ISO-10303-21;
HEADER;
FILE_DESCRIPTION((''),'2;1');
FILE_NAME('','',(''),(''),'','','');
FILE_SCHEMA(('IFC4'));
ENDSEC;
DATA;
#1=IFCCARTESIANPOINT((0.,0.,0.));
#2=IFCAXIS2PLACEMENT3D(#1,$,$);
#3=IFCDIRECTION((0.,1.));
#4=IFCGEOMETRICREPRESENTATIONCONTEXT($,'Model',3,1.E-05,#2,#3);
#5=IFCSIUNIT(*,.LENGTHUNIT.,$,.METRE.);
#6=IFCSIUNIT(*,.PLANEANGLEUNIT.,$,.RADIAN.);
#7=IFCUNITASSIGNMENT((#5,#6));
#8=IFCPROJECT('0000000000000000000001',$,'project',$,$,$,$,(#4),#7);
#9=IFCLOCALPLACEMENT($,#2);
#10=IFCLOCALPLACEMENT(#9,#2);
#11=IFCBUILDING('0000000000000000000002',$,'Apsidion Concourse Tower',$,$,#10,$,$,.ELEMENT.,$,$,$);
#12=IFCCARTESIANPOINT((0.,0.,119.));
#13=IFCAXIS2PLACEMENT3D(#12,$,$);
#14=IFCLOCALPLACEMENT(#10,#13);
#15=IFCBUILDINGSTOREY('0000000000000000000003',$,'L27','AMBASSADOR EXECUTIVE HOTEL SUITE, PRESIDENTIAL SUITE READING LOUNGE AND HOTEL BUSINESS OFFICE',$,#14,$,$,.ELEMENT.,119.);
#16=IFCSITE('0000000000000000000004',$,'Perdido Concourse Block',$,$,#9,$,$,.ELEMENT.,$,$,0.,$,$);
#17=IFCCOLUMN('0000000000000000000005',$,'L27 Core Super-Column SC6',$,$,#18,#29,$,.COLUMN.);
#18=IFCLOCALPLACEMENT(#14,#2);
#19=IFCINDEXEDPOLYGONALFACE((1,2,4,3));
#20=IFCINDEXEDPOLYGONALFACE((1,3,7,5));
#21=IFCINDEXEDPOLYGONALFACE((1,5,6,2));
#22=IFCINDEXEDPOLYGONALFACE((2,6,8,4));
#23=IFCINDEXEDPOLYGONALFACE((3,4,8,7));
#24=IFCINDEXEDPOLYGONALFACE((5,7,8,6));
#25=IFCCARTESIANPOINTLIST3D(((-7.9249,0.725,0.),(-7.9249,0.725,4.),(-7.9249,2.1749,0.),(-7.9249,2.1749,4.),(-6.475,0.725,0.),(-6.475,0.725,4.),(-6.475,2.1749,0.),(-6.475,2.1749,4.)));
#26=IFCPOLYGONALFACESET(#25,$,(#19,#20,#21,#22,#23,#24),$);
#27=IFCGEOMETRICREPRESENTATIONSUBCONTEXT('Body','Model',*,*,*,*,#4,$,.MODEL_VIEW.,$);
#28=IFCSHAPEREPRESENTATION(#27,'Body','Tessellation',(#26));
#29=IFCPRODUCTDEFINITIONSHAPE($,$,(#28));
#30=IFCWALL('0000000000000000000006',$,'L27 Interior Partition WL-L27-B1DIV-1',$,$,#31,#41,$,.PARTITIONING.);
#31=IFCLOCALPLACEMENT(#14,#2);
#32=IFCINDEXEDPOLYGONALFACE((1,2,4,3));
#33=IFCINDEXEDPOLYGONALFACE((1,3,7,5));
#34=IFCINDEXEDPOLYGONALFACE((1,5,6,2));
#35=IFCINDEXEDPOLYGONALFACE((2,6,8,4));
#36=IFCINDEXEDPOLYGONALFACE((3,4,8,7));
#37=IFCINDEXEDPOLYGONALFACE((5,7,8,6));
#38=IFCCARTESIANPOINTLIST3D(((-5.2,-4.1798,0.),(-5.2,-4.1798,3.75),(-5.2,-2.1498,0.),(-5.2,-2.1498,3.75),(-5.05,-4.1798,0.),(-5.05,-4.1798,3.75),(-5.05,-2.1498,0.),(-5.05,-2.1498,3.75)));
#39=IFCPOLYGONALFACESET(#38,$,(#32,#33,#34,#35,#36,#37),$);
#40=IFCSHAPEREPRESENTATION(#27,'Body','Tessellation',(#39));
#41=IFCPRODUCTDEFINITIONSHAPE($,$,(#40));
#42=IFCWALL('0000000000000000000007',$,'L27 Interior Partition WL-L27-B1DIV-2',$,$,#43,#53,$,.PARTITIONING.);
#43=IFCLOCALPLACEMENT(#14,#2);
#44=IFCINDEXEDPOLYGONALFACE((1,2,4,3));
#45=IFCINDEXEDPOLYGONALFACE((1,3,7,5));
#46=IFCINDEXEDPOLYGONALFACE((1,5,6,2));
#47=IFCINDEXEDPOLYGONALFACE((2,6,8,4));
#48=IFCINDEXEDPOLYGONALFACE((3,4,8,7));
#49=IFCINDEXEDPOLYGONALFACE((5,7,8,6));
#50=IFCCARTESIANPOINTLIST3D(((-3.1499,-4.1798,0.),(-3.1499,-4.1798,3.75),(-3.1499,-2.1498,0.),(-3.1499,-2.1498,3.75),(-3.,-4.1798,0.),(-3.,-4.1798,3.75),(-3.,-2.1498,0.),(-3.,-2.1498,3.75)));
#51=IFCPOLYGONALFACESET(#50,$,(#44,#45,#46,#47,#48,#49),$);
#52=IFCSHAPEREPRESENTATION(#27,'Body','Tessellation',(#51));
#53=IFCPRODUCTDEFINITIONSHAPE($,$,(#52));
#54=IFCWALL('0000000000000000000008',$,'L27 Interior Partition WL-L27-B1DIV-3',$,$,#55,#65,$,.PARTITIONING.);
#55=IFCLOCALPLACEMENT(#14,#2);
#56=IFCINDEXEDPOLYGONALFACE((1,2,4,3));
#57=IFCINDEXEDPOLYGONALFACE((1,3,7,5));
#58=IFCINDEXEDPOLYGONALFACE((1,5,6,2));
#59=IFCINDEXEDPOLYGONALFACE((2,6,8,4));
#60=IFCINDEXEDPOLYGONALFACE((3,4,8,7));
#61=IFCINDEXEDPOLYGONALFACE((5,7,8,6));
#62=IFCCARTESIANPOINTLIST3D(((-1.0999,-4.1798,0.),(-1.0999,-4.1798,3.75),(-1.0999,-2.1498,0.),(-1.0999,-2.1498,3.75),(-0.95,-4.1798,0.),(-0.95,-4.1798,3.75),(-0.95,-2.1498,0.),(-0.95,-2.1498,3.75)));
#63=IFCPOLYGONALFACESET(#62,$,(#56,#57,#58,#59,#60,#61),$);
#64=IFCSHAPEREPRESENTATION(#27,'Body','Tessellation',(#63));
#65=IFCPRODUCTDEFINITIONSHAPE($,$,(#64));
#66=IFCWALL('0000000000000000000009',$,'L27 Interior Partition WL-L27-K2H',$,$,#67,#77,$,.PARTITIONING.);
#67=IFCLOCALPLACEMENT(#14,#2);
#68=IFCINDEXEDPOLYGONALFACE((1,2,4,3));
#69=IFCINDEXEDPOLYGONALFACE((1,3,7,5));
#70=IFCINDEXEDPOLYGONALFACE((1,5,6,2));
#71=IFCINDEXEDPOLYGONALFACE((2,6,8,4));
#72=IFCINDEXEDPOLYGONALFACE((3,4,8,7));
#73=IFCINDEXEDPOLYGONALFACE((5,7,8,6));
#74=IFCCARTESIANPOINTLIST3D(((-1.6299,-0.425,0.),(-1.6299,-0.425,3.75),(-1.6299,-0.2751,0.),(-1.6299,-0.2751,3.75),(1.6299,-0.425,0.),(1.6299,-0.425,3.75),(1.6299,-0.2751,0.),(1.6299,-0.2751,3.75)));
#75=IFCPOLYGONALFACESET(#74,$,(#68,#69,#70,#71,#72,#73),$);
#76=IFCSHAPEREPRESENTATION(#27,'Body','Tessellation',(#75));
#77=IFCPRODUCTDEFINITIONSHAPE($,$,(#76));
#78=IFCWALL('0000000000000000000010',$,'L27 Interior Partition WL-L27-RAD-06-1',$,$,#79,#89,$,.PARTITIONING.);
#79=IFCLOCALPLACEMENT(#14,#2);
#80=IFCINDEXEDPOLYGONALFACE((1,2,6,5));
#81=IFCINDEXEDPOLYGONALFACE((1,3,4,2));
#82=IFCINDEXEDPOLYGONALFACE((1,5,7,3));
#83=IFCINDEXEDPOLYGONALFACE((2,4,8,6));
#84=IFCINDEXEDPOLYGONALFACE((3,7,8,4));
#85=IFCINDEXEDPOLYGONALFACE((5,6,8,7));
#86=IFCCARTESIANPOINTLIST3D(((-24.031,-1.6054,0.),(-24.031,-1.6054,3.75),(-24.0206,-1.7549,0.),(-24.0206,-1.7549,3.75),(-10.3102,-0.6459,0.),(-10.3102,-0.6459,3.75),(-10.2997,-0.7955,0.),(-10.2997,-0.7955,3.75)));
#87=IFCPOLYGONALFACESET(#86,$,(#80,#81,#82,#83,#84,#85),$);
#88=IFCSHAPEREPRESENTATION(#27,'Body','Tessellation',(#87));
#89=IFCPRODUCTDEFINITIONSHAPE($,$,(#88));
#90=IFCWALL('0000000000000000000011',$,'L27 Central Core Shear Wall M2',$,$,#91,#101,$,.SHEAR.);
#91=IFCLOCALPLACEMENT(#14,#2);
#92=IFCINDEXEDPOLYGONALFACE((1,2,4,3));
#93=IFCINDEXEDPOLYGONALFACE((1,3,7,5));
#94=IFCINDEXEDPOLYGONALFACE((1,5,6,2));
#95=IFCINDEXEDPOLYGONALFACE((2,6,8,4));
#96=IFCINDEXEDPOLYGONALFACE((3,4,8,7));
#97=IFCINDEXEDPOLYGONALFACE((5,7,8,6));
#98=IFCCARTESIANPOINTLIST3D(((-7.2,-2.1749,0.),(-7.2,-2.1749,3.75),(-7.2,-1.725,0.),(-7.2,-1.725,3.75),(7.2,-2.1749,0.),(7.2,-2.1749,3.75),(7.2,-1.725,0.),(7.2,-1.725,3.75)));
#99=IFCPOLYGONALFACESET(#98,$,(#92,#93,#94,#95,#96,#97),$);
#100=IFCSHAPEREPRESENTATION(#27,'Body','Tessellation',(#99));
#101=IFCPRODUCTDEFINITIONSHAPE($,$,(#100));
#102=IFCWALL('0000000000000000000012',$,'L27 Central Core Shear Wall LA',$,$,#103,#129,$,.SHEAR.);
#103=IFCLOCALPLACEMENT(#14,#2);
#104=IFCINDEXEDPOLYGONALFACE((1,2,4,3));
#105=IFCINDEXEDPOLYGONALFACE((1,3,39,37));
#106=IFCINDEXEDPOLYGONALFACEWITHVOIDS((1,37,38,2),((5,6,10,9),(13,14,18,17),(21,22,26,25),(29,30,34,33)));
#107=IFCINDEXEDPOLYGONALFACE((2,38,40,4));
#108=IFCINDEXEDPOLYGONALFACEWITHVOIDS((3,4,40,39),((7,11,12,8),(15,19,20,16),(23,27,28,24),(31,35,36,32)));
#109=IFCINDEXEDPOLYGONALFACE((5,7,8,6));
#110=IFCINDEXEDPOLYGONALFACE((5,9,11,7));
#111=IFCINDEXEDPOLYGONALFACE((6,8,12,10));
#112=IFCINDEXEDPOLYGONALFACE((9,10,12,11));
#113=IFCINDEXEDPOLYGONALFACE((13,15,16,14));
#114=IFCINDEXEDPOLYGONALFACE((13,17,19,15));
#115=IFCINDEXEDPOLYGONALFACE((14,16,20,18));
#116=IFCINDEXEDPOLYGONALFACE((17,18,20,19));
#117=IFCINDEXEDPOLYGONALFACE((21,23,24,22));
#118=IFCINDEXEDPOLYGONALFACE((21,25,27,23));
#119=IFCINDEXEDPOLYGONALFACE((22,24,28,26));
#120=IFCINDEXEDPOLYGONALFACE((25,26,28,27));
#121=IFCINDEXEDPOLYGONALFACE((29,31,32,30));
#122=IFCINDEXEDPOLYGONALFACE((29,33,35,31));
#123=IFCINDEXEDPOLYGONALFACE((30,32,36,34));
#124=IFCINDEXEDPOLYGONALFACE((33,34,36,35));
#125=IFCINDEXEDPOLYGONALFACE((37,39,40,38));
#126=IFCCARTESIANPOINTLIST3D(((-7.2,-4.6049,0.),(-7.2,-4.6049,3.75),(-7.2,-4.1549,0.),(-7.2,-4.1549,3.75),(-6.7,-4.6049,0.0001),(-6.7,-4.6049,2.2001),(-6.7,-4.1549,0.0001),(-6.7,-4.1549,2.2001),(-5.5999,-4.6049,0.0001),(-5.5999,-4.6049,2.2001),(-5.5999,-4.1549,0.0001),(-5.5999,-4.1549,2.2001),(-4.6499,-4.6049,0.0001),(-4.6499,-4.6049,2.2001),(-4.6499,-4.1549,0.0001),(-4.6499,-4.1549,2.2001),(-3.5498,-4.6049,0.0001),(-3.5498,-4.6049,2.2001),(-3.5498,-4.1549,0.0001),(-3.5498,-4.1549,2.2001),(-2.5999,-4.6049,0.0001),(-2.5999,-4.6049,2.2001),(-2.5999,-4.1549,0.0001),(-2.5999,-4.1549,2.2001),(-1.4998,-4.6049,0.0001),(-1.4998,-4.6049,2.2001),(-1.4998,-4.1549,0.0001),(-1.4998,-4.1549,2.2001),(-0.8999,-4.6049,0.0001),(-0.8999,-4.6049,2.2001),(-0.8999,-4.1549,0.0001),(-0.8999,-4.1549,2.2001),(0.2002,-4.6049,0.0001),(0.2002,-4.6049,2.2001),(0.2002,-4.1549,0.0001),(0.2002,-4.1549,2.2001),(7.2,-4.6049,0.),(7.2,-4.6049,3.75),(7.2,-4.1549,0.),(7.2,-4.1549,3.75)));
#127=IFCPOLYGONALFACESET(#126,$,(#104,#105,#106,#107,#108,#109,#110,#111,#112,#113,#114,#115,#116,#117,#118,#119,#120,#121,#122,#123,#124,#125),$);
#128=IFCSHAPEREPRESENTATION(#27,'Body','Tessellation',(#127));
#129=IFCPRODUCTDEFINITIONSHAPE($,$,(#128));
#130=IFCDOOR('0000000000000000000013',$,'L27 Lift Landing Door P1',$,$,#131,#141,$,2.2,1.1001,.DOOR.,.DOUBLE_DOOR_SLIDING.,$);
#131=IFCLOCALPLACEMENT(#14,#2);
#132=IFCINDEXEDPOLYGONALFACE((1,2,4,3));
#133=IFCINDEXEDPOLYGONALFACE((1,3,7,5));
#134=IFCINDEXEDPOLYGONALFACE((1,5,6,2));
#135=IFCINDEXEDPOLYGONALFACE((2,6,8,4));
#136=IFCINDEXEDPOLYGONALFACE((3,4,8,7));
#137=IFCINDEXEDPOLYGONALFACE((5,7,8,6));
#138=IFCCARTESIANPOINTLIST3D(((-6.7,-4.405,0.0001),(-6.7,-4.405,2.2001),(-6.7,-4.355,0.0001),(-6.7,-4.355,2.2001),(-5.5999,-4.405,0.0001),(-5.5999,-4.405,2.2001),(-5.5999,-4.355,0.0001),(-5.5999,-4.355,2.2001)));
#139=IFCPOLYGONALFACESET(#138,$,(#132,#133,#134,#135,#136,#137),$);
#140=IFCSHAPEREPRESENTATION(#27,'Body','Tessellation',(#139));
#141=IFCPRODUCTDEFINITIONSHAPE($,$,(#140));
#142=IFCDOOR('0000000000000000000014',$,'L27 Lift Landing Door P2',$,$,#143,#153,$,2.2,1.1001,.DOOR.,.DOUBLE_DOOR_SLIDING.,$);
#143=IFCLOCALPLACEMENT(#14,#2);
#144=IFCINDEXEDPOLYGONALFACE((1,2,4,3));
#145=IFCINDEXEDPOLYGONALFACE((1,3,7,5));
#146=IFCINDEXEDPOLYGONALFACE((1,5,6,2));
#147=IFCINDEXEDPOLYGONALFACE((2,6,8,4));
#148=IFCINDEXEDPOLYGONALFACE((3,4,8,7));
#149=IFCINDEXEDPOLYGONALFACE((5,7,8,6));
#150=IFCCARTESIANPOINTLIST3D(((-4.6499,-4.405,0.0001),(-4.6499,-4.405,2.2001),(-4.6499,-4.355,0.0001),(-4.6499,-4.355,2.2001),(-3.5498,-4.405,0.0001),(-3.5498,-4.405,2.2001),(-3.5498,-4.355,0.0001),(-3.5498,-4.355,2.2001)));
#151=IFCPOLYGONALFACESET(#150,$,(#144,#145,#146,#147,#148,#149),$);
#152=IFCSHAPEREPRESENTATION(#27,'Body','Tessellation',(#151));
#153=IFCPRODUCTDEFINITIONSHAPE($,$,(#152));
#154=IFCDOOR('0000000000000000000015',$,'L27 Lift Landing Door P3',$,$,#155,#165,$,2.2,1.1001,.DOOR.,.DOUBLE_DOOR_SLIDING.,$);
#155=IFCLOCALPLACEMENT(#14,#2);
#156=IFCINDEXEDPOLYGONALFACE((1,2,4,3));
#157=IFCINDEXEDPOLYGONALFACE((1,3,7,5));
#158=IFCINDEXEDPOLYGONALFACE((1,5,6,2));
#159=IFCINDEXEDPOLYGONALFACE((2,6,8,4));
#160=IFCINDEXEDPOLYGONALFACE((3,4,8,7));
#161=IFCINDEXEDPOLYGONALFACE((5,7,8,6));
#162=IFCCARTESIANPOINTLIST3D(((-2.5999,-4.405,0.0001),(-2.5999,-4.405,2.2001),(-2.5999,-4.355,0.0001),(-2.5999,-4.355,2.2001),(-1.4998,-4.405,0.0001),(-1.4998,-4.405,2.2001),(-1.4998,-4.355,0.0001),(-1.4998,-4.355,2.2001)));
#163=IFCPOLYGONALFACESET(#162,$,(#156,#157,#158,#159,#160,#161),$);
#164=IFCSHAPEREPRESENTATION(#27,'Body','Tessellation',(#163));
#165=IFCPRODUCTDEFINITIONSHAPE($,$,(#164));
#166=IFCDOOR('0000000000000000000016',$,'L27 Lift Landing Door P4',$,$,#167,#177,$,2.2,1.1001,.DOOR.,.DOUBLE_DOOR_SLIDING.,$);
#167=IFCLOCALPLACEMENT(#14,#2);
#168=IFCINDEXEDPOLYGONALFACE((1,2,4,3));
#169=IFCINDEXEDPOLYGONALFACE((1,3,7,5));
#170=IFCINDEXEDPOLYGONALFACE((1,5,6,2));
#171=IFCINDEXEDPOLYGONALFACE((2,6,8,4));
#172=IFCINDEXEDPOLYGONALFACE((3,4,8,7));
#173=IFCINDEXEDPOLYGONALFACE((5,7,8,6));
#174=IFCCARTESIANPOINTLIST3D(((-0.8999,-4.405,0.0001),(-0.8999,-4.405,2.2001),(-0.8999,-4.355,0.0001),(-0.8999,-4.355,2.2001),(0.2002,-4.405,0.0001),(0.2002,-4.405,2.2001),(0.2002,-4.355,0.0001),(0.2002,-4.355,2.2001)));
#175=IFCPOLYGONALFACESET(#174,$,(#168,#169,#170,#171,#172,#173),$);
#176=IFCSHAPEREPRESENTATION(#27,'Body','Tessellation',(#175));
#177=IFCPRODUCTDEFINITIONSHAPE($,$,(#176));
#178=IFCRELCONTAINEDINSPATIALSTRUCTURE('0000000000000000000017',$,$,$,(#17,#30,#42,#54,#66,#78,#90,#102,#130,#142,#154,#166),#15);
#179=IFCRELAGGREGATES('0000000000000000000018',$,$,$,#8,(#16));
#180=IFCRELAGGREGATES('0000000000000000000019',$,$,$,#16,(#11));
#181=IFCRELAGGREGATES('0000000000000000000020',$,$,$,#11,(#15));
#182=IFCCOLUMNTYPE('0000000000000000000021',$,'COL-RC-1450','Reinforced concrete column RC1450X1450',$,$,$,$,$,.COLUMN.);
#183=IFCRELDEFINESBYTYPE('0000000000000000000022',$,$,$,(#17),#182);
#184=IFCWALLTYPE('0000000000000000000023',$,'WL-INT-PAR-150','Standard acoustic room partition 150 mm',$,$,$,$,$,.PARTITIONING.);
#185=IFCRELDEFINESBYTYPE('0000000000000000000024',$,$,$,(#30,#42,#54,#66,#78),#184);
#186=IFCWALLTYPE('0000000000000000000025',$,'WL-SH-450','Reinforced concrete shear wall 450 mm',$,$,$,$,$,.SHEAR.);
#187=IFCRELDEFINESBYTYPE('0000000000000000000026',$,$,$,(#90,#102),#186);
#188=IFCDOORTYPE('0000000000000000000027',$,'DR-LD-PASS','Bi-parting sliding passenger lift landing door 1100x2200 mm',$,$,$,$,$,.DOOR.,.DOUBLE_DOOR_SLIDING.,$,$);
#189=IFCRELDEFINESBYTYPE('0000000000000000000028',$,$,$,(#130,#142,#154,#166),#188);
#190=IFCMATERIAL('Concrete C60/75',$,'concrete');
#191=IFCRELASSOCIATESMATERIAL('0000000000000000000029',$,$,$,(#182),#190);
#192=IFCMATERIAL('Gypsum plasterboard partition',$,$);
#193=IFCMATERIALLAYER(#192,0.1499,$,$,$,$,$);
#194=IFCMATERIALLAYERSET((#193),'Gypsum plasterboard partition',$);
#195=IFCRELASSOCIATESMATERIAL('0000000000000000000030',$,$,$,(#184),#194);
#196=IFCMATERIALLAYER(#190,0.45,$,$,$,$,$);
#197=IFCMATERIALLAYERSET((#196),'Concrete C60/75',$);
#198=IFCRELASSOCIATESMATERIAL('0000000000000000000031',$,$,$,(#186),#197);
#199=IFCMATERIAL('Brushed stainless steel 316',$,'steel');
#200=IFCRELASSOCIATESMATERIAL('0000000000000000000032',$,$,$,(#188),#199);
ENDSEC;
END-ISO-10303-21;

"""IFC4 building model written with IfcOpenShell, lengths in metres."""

from ifc_helpers import new_model, si_unit, direction, frame, frame_2d, origin, origin_2d, place, context, subcontext, project, spatial, rectangle, extrude, material, layer, layer_set, material_profile, profile_set, type_object, element, fill, save


model = new_model("IFC4")

# Units and contexts
model_context = context("Model", 3, precision=1e-05, world=origin(), true_north=direction((0.0, 1.0)))
body_context = subcontext(model_context, "Body", "Model", "MODEL_VIEW")
ifc_project = project(units=[si_unit("LENGTHUNIT", "METRE"), si_unit("PLANEANGLEUNIT", "RADIAN")], contexts=[model_context])

# Site, building, storey
site_placement = place(None, origin())
site = spatial("IfcSite", under=ifc_project, at=site_placement, Name="Perdido Concourse Block", CompositionType="ELEMENT", RefElevation=0.0)
building_placement = place(site_placement, origin())
building = spatial("IfcBuilding", under=site, at=building_placement, Name="Apsidion Concourse Tower", CompositionType="ELEMENT")
storey_placement = place(building_placement, frame((0.0, 0.0, 119.0)))
storey = spatial("IfcBuildingStorey", under=building, at=storey_placement, Name="L27", Description="AMBASSADOR EXECUTIVE HOTEL SUITE, PRESIDENTIAL SUITE READING LOUNGE AND HOTEL BUSINESS OFFICE", CompositionType="ELEMENT", Elevation=119.0)

# Column
ifc_material_1 = material(Name="Concrete C60/75", Category="concrete")
ifc_material_profile = material_profile(ifc_material_1, rectangle(XDim=1.45, YDim=1.45, at=origin_2d()), Name="RC 1450x1450")
ifc_profile_set = profile_set([ifc_material_profile], Name="Concrete C60/75")
column_type = type_object("IfcColumnType", Name="COL-RC-1450", Description="Reinforced concrete column RC1450X1450", PredefinedType="COLUMN", material=ifc_profile_set)
column_placement = place(storey_placement, frame((-7.2, 1.45, 0.0), z_axis=(0.0, 0.0, 1.0), x_axis=(1.0, 0.0, 0.0)))
element("IfcColumn", 1, at=column_placement, inside=storey, type_object=column_type, Name="L27 Core Super-Column SC6", PredefinedType="COLUMN", context=body_context, shape_type="SweptSolid", body=[
    extrude(rectangle(XDim=1.45, YDim=1.45, at=origin_2d()), origin(), (0.0, 0.0, 1.0), 4.0),
])

# Walls
ifc_material_2 = material(Name="Gypsum plasterboard partition")
ifc_layer_1 = layer(ifc_material_2, 0.1499)
ifc_layer_set_1 = layer_set([ifc_layer_1], Name="Gypsum plasterboard partition")
wall_type_1 = type_object("IfcWallType", Name="WL-INT-PAR-150", Description="Standard acoustic room partition 150 mm", PredefinedType="PARTITIONING", material=ifc_layer_set_1)
for number, where, z_axis, x_axis, name in (
    (2, (-5.125, -4.1799, 0.0), (0.0, 0.0, 1.0), (0.0, 1.0, 0.0), "L27 Interior Partition WL-L27-B1DIV-1"),
    (3, (-3.075, -4.1799, 0.0), (0.0, 0.0, 1.0), (0.0, 1.0, 0.0), "L27 Interior Partition WL-L27-B1DIV-2"),
    (4, (-1.0249, -4.1799, 0.0), (0.0, 0.0, 1.0), (0.0, 1.0, 0.0), "L27 Interior Partition WL-L27-B1DIV-3"),
):
    element("IfcWall", number, at=place(storey_placement, frame(where, z_axis=z_axis, x_axis=x_axis)), inside=storey, type_object=wall_type_1, Name=name, PredefinedType="PARTITIONING", context=body_context, shape_type="SweptSolid", body=[
        extrude(rectangle(XDim=2.03, YDim=0.1499, at=frame_2d((1.0151, 0.0))), origin(), (0.0, 0.0, 1.0), 3.75),
    ])
wall_1_placement = place(storey_placement, frame((-1.6299, -0.3501, 0.0), z_axis=(0.0, 0.0, 1.0), x_axis=(1.0, 0.0, 0.0)))
element("IfcWall", 5, at=wall_1_placement, inside=storey, type_object=wall_type_1, Name="L27 Interior Partition WL-L27-K2H", PredefinedType="PARTITIONING", context=body_context, shape_type="SweptSolid", body=[
    extrude(rectangle(XDim=3.2598, YDim=0.1499, at=frame_2d((1.6299, 0.0))), origin(), (0.0, 0.0, 1.0), 3.75),
])
wall_2_placement = place(storey_placement, frame((-10.3049, -0.7207, 0.0), z_axis=(0.0, 0.0, 1.0), x_axis=(-0.997564, -0.069757, 0.0)))
element("IfcWall", 6, at=wall_2_placement, inside=storey, type_object=wall_type_1, Name="L27 Interior Partition WL-L27-RAD-06-1", PredefinedType="PARTITIONING", context=body_context, shape_type="SweptSolid", body=[
    extrude(rectangle(XDim=13.7544, YDim=0.1499, at=frame_2d((6.8772, 0.0))), origin(), (0.0, 0.0, 1.0), 3.75),
])

# Shared definitions
ifc_material_3 = material(Name="Brushed stainless steel 316", Category="steel")

# Shared definitions
ifc_layer_2 = layer(ifc_material_1, 0.45)
ifc_layer_set_2 = layer_set([ifc_layer_2], Name="Concrete C60/75")
wall_type_2 = type_object("IfcWallType", Name="WL-SH-450", Description="Reinforced concrete shear wall 450 mm", PredefinedType="SHEAR", material=ifc_layer_set_2)

# Wall
wall_3_placement = place(storey_placement, frame((-7.2, -1.95, 0.0), z_axis=(0.0, 0.0, 1.0), x_axis=(1.0, 0.0, 0.0)))
element("IfcWall", 7, at=wall_3_placement, inside=storey, type_object=wall_type_2, Name="L27 Central Core Shear Wall M2", PredefinedType="SHEAR", context=body_context, shape_type="SweptSolid", body=[
    extrude(rectangle(XDim=14.3999, YDim=0.45, at=frame_2d((7.2, 0.0))), origin(), (0.0, 0.0, 1.0), 3.75),
])

# Wall, openings, doors
wall_4_placement = place(storey_placement, frame((-7.2, -4.3799, 0.0), z_axis=(0.0, 0.0, 1.0), x_axis=(1.0, 0.0, 0.0)))
wall_4 = element("IfcWall", 8, at=wall_4_placement, inside=storey, type_object=wall_type_2, Name="L27 Central Core Shear Wall LA", PredefinedType="SHEAR", context=body_context, shape_type="SweptSolid", body=[
    extrude(rectangle(XDim=14.3999, YDim=0.45, at=frame_2d((7.2, 0.0))), origin(), (0.0, 0.0, 1.0), 3.75),
])
opening_1_placement = place(wall_4_placement, frame((0.5, 0.0, 0.0)))
opening_1 = element("IfcOpeningElement", 9, at=opening_1_placement, cuts=wall_4, PredefinedType="OPENING", context=body_context, shape_type="SweptSolid", body=[
    extrude(rectangle(XDim=1.1001, YDim=2.2, at=frame_2d((0.55, 1.1001))), frame((0.0, 0.2349, 0.0), z_axis=(0.0, -1.0, 0.0), x_axis=(1.0, 0.0, 0.0)), (0.0, 0.0, 1.0), 0.47),
])
opening_2_placement = place(wall_4_placement, frame((2.55, 0.0, 0.0)))
opening_2 = element("IfcOpeningElement", 10, at=opening_2_placement, cuts=wall_4, PredefinedType="OPENING", context=body_context, shape_type="SweptSolid", body=[
    extrude(rectangle(XDim=1.1001, YDim=2.2, at=frame_2d((0.55, 1.1001))), frame((0.0, 0.2349, 0.0), z_axis=(0.0, -1.0, 0.0), x_axis=(1.0, 0.0, 0.0)), (0.0, 0.0, 1.0), 0.47),
])
opening_3_placement = place(wall_4_placement, frame((4.6001, 0.0, 0.0)))
opening_3 = element("IfcOpeningElement", 11, at=opening_3_placement, cuts=wall_4, PredefinedType="OPENING", context=body_context, shape_type="SweptSolid", body=[
    extrude(rectangle(XDim=1.1001, YDim=2.2, at=frame_2d((0.55, 1.1001))), frame((0.0, 0.2349, 0.0), z_axis=(0.0, -1.0, 0.0), x_axis=(1.0, 0.0, 0.0)), (0.0, 0.0, 1.0), 0.47),
])
opening_4_placement = place(wall_4_placement, frame((6.3, 0.0, 0.0)))
opening_4 = element("IfcOpeningElement", 12, at=opening_4_placement, cuts=wall_4, PredefinedType="OPENING", context=body_context, shape_type="SweptSolid", body=[
    extrude(rectangle(XDim=1.1001, YDim=2.2, at=frame_2d((0.55, 1.1001))), frame((0.0, 0.2349, 0.0), z_axis=(0.0, -1.0, 0.0), x_axis=(1.0, 0.0, 0.0)), (0.0, 0.0, 1.0), 0.47),
])
door_type_1 = type_object("IfcDoorType", Name="DR-LD-PASS", Description="Bi-parting sliding passenger lift landing door 1100x2200 mm", OperationType="DOUBLE_DOOR_SLIDING", PredefinedType="DOOR", material=ifc_material_3)
door_1_placement = place(opening_1_placement, origin())
door_1 = element("IfcDoor", 13, at=door_1_placement, inside=storey, type_object=door_type_1, Name="L27 Lift Landing Door P1", OperationType="DOUBLE_DOOR_SLIDING", OverallHeight=2.2, OverallWidth=1.1001, PredefinedType="DOOR", context=body_context, shape_type="SweptSolid", body=[
    extrude(rectangle(XDim=1.1001, YDim=2.2, at=frame_2d((0.55, 1.1001))), frame((0.0, 0.0249, 0.0), z_axis=(0.0, -1.0, 0.0), x_axis=(1.0, 0.0, 0.0)), (0.0, 0.0, 1.0), 0.05),
])
fill(opening_1, door_1)
door_2_placement = place(opening_2_placement, origin())
door_2 = element("IfcDoor", 14, at=door_2_placement, inside=storey, type_object=door_type_1, Name="L27 Lift Landing Door P2", OperationType="DOUBLE_DOOR_SLIDING", OverallHeight=2.2, OverallWidth=1.1001, PredefinedType="DOOR", context=body_context, shape_type="SweptSolid", body=[
    extrude(rectangle(XDim=1.1001, YDim=2.2, at=frame_2d((0.55, 1.1001))), frame((0.0, 0.0249, 0.0), z_axis=(0.0, -1.0, 0.0), x_axis=(1.0, 0.0, 0.0)), (0.0, 0.0, 1.0), 0.05),
])
fill(opening_2, door_2)
door_3_placement = place(opening_3_placement, origin())
door_3 = element("IfcDoor", 15, at=door_3_placement, inside=storey, type_object=door_type_1, Name="L27 Lift Landing Door P3", OperationType="DOUBLE_DOOR_SLIDING", OverallHeight=2.2, OverallWidth=1.1001, PredefinedType="DOOR", context=body_context, shape_type="SweptSolid", body=[
    extrude(rectangle(XDim=1.1001, YDim=2.2, at=frame_2d((0.55, 1.1001))), frame((0.0, 0.0249, 0.0), z_axis=(0.0, -1.0, 0.0), x_axis=(1.0, 0.0, 0.0)), (0.0, 0.0, 1.0), 0.05),
])
fill(opening_3, door_3)
door_4_placement = place(opening_4_placement, origin())
door_4 = element("IfcDoor", 16, at=door_4_placement, inside=storey, type_object=door_type_1, Name="L27 Lift Landing Door P4", OperationType="DOUBLE_DOOR_SLIDING", OverallHeight=2.2, OverallWidth=1.1001, PredefinedType="DOOR", context=body_context, shape_type="SweptSolid", body=[
    extrude(rectangle(XDim=1.1001, YDim=2.2, at=frame_2d((0.55, 1.1001))), frame((0.0, 0.0249, 0.0), z_axis=(0.0, -1.0, 0.0), x_axis=(1.0, 0.0, 0.0)), (0.0, 0.0, 1.0), 0.05),
])
fill(opening_4, door_4)

save(model, "model.ifc")
